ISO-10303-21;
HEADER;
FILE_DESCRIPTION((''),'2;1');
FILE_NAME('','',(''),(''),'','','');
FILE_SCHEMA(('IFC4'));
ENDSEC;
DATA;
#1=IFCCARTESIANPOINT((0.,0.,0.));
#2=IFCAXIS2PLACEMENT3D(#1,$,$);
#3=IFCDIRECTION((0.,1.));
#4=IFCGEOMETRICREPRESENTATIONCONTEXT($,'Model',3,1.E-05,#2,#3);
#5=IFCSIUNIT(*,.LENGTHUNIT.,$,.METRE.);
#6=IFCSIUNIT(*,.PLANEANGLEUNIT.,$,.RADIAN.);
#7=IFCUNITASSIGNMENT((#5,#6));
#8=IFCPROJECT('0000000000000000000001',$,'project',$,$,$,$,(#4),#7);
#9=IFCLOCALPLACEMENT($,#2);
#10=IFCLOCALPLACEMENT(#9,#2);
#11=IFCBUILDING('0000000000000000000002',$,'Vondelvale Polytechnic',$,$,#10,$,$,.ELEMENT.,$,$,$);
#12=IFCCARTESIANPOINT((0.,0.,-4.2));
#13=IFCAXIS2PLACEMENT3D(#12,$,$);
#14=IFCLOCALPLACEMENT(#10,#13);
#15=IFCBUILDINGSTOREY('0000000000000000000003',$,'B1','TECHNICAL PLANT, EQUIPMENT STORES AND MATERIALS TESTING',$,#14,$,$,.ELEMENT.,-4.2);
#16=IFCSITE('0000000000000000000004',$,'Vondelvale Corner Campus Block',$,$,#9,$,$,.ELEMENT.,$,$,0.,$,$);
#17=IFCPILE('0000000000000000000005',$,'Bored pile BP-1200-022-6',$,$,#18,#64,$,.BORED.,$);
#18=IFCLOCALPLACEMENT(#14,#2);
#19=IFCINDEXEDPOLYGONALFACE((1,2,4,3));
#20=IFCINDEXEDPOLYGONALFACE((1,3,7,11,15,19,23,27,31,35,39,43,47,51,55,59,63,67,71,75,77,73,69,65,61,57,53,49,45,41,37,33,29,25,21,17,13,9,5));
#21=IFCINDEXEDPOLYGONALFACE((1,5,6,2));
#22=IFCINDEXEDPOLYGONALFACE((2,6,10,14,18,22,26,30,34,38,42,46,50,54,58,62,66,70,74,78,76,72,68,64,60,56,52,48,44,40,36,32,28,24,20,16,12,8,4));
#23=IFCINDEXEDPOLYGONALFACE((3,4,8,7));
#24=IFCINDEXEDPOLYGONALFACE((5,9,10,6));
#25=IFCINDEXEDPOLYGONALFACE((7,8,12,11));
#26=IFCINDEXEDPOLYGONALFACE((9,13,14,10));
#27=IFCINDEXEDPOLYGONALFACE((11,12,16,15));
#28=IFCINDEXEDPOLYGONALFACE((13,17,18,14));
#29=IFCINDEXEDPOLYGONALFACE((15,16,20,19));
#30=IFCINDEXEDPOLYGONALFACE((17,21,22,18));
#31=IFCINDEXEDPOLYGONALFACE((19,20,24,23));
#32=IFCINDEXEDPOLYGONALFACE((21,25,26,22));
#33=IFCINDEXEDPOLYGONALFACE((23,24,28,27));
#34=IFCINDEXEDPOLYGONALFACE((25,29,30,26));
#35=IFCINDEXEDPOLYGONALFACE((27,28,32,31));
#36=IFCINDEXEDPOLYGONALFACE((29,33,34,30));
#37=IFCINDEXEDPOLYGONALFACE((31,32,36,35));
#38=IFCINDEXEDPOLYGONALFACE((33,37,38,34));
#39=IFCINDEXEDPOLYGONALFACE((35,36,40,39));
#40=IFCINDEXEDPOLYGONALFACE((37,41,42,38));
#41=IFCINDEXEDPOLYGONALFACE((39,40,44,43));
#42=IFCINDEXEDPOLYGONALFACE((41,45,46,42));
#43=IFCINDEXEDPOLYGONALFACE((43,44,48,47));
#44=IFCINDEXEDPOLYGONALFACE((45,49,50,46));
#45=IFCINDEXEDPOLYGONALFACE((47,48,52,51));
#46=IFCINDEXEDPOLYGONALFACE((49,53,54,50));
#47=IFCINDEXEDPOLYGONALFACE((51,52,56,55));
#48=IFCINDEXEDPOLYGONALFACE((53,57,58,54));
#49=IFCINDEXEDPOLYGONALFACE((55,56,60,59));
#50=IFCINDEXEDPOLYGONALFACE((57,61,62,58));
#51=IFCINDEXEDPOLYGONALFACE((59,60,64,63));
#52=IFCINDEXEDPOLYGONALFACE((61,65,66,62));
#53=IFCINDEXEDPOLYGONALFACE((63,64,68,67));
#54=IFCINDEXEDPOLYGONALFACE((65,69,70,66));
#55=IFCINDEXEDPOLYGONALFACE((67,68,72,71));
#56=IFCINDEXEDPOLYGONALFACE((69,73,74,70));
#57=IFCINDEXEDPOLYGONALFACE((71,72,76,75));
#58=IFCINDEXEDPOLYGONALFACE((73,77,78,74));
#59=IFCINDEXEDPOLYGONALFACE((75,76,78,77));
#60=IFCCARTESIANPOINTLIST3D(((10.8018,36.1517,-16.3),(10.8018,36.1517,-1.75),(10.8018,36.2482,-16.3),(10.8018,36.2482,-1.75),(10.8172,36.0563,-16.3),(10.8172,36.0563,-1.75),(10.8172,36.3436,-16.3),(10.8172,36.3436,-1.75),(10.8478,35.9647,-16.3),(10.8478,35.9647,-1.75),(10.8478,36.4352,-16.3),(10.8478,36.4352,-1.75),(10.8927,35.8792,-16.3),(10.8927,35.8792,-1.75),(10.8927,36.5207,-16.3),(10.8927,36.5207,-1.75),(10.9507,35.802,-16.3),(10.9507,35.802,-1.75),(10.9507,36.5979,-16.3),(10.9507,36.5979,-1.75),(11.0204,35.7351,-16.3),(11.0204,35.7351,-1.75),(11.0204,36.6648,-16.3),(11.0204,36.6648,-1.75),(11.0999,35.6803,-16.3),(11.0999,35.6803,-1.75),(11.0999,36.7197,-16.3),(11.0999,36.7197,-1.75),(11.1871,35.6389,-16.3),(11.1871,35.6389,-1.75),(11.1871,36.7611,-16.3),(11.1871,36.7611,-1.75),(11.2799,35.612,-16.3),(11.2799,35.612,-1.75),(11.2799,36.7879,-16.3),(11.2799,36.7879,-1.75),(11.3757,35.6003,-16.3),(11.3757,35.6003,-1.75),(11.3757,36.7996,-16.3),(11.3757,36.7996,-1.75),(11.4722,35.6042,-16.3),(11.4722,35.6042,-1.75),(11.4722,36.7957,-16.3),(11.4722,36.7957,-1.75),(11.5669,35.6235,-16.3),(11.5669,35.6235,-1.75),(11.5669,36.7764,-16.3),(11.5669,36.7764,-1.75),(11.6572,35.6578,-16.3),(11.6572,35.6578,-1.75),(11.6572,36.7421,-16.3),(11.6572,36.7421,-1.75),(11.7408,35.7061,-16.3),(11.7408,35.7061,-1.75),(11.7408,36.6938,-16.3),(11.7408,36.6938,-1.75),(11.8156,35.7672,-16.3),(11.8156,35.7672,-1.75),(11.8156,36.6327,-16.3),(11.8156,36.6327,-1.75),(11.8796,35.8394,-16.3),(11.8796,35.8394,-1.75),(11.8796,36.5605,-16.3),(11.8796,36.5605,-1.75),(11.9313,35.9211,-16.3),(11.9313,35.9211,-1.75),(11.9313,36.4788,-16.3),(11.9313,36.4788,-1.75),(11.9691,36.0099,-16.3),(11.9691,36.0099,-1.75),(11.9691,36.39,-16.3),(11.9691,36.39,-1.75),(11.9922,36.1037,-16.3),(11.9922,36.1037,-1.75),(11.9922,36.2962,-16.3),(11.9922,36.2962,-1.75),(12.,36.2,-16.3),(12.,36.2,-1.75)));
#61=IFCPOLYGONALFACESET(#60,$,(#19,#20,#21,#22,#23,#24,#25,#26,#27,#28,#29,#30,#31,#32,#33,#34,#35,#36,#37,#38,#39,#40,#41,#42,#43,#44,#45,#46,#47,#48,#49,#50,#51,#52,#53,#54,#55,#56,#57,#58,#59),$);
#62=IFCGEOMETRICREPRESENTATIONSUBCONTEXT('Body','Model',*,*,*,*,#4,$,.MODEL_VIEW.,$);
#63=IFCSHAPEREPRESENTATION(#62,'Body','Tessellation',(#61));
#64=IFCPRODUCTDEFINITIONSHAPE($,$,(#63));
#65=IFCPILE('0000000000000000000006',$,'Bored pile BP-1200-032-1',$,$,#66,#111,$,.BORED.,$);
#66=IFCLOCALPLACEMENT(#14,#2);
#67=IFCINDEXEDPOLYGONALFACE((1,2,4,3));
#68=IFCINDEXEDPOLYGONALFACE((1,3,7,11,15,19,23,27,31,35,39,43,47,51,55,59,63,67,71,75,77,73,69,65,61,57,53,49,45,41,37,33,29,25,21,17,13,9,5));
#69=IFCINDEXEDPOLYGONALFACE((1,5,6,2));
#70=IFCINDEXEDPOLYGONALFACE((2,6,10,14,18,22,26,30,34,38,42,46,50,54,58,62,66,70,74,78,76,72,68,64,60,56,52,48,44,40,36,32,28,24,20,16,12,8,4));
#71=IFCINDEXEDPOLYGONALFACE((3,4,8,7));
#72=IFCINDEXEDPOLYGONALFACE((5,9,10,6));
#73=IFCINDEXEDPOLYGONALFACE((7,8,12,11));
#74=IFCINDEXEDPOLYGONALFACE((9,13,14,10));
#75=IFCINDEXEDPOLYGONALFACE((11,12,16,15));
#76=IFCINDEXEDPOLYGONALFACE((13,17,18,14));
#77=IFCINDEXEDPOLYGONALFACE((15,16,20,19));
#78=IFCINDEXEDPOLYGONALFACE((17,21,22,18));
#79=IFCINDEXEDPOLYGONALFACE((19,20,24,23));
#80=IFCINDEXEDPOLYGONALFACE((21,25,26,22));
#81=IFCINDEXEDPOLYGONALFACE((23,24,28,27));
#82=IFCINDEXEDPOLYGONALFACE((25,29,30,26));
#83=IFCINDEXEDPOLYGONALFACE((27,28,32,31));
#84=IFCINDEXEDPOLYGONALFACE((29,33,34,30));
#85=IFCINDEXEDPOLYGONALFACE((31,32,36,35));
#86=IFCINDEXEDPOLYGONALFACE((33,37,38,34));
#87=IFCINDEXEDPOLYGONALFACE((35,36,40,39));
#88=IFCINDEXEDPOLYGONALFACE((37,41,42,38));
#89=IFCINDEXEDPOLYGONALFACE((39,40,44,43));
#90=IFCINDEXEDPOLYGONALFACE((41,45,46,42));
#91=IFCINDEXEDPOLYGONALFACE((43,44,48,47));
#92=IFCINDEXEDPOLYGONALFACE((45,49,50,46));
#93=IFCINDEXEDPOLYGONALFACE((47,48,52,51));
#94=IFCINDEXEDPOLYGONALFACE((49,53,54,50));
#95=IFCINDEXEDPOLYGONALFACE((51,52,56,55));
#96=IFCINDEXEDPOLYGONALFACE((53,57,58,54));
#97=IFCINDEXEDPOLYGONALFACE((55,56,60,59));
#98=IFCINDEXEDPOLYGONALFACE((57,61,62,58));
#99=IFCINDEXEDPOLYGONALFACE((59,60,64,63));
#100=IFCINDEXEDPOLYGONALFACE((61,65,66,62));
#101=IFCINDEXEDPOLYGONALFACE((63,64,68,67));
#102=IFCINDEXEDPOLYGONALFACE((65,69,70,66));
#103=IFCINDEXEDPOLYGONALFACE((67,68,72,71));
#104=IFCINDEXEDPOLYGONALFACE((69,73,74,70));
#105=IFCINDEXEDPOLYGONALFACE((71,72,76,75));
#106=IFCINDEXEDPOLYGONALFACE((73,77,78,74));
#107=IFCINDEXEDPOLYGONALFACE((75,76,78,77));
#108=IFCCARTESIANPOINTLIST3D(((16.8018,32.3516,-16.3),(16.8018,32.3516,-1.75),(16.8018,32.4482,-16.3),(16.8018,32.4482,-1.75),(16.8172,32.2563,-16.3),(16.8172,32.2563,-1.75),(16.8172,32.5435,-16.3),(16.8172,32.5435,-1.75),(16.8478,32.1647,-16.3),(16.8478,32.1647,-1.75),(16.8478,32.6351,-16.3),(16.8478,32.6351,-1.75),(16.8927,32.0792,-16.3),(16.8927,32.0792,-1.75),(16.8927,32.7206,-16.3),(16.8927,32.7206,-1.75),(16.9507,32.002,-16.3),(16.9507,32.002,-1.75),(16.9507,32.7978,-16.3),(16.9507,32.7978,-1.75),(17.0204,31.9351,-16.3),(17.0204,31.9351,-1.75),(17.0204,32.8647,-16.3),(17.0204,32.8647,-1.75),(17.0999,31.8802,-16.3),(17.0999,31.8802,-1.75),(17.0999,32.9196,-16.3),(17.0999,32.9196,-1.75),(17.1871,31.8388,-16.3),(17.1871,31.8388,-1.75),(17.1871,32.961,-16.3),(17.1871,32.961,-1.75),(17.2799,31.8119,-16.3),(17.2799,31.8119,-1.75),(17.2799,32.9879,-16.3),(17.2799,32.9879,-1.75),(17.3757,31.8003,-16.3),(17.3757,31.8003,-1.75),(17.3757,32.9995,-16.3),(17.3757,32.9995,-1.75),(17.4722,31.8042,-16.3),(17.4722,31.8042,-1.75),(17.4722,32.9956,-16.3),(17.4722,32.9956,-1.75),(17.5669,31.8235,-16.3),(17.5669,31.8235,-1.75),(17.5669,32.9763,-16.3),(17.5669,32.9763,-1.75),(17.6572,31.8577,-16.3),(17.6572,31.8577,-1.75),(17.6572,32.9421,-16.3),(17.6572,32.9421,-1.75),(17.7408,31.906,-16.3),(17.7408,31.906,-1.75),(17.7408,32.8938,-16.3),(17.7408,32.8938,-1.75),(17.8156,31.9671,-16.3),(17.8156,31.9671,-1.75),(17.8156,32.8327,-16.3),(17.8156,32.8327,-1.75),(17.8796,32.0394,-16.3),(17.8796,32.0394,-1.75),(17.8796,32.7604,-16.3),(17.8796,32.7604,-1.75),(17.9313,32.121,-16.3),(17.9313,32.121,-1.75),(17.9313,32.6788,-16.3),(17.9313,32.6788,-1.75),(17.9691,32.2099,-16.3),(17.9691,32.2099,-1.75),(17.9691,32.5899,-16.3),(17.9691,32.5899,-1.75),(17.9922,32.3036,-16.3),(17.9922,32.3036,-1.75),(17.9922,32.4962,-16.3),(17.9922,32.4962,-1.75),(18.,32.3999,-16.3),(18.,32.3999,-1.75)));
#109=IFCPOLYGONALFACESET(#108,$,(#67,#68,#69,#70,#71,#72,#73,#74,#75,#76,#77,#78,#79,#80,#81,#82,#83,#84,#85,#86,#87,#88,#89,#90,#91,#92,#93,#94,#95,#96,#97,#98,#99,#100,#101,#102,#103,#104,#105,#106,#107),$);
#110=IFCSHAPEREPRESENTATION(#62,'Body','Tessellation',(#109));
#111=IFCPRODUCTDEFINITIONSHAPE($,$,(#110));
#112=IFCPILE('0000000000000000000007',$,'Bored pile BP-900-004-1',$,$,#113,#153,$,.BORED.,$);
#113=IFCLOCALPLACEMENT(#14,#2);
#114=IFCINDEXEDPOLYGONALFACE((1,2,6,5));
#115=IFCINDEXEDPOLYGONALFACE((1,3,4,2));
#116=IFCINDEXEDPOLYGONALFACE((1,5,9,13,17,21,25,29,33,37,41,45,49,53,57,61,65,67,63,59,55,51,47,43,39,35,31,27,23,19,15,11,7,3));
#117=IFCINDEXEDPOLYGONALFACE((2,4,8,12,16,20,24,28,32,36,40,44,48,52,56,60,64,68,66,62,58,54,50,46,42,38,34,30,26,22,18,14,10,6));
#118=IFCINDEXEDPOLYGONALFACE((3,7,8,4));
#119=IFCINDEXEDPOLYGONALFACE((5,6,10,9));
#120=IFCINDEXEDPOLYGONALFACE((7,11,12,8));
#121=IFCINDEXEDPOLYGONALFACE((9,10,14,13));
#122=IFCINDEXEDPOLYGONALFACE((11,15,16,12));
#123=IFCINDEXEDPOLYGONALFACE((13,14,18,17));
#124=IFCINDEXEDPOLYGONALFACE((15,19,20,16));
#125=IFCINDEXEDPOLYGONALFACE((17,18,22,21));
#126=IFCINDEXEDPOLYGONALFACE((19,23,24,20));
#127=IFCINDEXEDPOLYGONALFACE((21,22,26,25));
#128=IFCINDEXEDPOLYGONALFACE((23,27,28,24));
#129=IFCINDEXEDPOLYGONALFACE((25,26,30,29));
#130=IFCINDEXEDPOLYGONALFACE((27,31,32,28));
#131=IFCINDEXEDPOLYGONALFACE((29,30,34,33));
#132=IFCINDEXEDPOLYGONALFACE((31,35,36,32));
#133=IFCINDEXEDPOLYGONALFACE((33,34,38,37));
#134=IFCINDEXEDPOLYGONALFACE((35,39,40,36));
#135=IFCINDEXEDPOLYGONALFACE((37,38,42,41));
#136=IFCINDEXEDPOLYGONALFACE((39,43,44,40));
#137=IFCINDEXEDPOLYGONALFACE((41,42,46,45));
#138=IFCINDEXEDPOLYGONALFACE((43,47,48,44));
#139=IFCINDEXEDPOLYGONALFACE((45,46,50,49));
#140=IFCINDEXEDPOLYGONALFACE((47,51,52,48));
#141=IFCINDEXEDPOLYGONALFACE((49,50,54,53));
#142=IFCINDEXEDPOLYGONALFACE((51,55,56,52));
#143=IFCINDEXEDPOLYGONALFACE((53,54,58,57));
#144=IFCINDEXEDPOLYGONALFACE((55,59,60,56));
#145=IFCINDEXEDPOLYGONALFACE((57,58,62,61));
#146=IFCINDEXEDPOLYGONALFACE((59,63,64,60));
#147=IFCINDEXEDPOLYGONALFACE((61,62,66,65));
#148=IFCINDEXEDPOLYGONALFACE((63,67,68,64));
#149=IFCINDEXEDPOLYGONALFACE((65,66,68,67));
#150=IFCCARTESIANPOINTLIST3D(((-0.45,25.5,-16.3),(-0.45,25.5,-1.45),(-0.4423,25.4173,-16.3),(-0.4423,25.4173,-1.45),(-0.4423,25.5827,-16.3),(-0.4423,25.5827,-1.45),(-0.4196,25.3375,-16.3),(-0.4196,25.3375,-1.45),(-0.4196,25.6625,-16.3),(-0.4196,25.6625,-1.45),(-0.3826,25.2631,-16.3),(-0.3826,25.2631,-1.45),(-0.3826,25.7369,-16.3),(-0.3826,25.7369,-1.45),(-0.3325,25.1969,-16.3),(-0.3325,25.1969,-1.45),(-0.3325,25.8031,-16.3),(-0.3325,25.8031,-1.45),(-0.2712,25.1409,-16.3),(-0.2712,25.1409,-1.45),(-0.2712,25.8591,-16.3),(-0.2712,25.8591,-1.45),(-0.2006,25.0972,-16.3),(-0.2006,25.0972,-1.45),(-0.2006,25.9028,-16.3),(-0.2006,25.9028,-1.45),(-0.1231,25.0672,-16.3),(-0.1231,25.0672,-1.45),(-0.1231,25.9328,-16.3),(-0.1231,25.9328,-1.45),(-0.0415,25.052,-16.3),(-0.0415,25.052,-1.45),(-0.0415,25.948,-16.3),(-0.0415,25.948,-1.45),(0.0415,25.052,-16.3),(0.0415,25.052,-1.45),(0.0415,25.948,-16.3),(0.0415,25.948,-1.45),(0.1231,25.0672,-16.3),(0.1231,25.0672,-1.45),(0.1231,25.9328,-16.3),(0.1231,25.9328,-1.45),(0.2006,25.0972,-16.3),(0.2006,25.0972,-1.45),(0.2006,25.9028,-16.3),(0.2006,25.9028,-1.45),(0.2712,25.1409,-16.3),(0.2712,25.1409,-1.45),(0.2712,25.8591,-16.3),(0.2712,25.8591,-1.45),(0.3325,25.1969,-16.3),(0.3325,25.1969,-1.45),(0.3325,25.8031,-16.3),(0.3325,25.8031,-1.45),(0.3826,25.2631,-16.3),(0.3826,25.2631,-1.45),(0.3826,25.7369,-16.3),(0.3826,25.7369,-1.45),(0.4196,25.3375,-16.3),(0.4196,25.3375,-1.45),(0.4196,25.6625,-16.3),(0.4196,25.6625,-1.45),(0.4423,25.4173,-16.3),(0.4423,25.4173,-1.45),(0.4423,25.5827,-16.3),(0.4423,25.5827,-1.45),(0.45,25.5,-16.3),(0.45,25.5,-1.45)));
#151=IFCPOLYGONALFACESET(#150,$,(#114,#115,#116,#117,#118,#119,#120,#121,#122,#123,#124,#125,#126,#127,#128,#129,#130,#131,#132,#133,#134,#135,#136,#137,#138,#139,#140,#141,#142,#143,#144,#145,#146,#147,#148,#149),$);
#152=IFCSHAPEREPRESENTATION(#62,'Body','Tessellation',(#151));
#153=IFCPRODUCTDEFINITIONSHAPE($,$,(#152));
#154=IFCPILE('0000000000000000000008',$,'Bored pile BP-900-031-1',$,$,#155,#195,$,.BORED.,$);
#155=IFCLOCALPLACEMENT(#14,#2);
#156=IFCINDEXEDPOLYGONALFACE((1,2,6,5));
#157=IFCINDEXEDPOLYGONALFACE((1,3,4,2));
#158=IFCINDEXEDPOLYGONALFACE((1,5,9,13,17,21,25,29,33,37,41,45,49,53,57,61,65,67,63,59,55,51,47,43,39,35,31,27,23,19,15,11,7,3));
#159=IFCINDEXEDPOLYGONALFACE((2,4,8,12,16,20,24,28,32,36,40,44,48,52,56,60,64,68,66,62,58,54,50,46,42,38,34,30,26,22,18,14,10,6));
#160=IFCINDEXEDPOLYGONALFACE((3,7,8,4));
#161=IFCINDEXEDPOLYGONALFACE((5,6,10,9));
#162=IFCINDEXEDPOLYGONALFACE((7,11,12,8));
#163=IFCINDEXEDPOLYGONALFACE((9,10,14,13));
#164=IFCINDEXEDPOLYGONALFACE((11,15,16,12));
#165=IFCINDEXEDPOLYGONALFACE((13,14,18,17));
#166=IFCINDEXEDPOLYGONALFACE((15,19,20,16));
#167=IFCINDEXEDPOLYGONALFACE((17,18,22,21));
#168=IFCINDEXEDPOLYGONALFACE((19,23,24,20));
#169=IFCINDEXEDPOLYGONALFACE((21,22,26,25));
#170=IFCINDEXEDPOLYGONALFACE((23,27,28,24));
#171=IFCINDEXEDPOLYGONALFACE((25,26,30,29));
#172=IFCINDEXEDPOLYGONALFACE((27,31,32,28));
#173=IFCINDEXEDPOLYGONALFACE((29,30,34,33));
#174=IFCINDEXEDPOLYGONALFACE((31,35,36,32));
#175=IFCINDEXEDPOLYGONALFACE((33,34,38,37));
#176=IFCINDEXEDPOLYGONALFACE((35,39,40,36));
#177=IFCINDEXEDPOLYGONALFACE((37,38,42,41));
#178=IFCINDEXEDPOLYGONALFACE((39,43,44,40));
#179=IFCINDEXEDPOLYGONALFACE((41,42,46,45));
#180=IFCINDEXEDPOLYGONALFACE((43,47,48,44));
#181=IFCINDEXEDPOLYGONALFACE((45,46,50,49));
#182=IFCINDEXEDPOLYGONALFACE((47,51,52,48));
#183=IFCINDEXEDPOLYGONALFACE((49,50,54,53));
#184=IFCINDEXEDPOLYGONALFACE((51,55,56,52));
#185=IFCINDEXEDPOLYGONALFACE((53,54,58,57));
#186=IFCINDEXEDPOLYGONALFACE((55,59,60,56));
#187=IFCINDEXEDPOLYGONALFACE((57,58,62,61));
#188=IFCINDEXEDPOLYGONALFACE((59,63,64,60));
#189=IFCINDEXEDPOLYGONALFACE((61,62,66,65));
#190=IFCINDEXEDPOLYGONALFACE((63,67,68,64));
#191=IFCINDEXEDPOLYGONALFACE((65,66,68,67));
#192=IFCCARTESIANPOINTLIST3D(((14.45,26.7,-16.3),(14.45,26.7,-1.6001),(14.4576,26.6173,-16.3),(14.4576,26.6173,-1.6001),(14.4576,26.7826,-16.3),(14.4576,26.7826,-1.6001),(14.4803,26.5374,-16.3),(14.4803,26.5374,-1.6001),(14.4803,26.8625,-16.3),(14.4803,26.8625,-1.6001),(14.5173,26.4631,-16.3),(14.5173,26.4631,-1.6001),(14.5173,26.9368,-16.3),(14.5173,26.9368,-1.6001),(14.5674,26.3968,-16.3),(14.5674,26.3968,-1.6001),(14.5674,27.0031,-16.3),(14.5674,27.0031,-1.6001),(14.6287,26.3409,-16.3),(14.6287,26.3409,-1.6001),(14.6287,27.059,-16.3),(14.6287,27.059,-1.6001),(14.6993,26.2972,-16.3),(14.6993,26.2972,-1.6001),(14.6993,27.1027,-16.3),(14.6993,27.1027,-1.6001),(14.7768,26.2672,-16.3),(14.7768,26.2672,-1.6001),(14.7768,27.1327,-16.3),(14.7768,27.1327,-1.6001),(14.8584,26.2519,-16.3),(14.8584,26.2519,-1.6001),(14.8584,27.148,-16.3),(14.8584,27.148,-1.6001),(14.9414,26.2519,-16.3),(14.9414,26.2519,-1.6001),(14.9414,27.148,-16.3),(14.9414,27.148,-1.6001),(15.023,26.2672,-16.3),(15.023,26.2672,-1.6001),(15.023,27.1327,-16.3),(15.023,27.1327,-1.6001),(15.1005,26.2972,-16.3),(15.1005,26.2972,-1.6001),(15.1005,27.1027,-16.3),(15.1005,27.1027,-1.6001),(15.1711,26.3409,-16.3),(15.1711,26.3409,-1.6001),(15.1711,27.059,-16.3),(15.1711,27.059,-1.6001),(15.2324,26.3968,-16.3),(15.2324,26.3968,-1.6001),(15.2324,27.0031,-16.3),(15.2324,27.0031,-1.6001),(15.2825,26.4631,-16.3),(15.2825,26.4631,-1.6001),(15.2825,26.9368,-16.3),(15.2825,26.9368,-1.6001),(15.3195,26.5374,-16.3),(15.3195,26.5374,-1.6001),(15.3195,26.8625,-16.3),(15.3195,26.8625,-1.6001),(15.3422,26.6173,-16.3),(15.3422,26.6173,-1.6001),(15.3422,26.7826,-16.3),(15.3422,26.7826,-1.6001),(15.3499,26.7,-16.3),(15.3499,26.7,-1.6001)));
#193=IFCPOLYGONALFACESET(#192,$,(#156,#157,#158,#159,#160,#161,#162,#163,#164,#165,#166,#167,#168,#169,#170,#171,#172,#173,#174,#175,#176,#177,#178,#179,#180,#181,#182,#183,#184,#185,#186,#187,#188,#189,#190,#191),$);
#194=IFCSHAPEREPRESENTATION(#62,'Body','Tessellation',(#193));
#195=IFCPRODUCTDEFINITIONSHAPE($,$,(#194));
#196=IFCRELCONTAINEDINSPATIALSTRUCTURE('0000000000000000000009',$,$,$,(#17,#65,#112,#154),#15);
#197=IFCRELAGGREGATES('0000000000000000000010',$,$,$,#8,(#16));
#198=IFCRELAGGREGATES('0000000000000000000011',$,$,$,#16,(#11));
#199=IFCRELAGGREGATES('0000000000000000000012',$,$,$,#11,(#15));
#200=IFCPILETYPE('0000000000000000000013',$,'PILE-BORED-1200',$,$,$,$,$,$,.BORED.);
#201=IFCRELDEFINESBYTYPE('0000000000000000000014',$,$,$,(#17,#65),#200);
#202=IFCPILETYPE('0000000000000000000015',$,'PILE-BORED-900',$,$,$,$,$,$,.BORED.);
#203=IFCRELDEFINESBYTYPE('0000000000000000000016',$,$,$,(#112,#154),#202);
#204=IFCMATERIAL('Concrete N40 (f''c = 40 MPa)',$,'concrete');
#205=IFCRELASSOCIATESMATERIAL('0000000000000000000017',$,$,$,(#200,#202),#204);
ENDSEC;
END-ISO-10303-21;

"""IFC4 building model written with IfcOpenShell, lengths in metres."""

from ifc_helpers import new_model, si_unit, direction, frame, origin, origin_2d, place, context, subcontext, project, spatial, circle, extrude, material, material_profile, profile_set, type_object, element, save


model = new_model("IFC4")

# Units and contexts
model_context = context("Model", 3, precision=1e-05, world=origin(), true_north=direction((0.0, 1.0)))
body_context = subcontext(model_context, "Body", "Model", "MODEL_VIEW")
ifc_project = project(units=[si_unit("LENGTHUNIT", "METRE"), si_unit("PLANEANGLEUNIT", "RADIAN")], contexts=[model_context])

# Site, building, storey
site_placement = place(None, origin())
site = spatial("IfcSite", under=ifc_project, at=site_placement, Name="Vondelvale Corner Campus Block", CompositionType="ELEMENT", RefElevation=0.0)
building_placement = place(site_placement, origin())
building = spatial("IfcBuilding", under=site, at=building_placement, Name="Vondelvale Polytechnic", CompositionType="ELEMENT")
storey_placement = place(building_placement, frame((0.0, 0.0, -4.2)))
storey = spatial("IfcBuildingStorey", under=building, at=storey_placement, Name="B1", Description="TECHNICAL PLANT, EQUIPMENT STORES AND MATERIALS TESTING", CompositionType="ELEMENT", Elevation=-4.2)

# Shared definitions
ifc_material_1 = material(Name="Concrete N40 (f'c = 40 MPa)", Category="concrete")

# Piles
ifc_material_profile_1 = material_profile(ifc_material_1, circle(Radius=0.6001, at=origin_2d()), Name="PILE-D1200")
ifc_profile_set_1 = profile_set([ifc_material_profile_1], Name="Concrete N40 (f'c = 40 MPa)")
pile_type_1 = type_object("IfcPileType", Name="PILE-BORED-1200", PredefinedType="BORED", material=ifc_profile_set_1)
for number, where, z_axis, x_axis, name in (
    (1, (11.3999, 36.2, -1.75), (0.0, 0.0, -1.0), (1.0, 0.0, 0.0), "Bored pile BP-1200-022-6"),
    (2, (17.3999, 32.3999, -1.75), (0.0, 0.0, -1.0), (1.0, 0.0, 0.0), "Bored pile BP-1200-032-1"),
):
    element("IfcPile", number, at=place(storey_placement, frame(where, z_axis=z_axis, x_axis=x_axis)), inside=storey, type_object=pile_type_1, Name=name, PredefinedType="BORED", context=body_context, shape_type="SweptSolid", body=[
        extrude(circle(Radius=0.6001, at=origin_2d()), origin(), (0.0, 0.0, 1.0), 14.55),
    ])
ifc_material_profile_2 = material_profile(ifc_material_1, circle(Radius=0.45, at=origin_2d()), Name="PILE-D900")
ifc_profile_set_2 = profile_set([ifc_material_profile_2], Name="Concrete N40 (f'c = 40 MPa)")
pile_type_2 = type_object("IfcPileType", Name="PILE-BORED-900", PredefinedType="BORED", material=ifc_profile_set_2)
pile_1_placement = place(storey_placement, frame((0.0, 25.5, -1.45), z_axis=(0.0, 0.0, -1.0), x_axis=(1.0, 0.0, 0.0)))
element("IfcPile", 3, at=pile_1_placement, inside=storey, type_object=pile_type_2, Name="Bored pile BP-900-004-1", PredefinedType="BORED", context=body_context, shape_type="SweptSolid", body=[
    extrude(circle(Radius=0.45, at=origin_2d()), origin(), (0.0, 0.0, 1.0), 14.8501),
])
pile_2_placement = place(storey_placement, frame((14.8999, 26.7, -1.6001), z_axis=(0.0, 0.0, -1.0), x_axis=(1.0, 0.0, 0.0)))
element("IfcPile", 4, at=pile_2_placement, inside=storey, type_object=pile_type_2, Name="Bored pile BP-900-031-1", PredefinedType="BORED", context=body_context, shape_type="SweptSolid", body=[
    extrude(circle(Radius=0.45, at=origin_2d()), origin(), (0.0, 0.0, 1.0), 14.7),
])

save(model, "model.ifc")
